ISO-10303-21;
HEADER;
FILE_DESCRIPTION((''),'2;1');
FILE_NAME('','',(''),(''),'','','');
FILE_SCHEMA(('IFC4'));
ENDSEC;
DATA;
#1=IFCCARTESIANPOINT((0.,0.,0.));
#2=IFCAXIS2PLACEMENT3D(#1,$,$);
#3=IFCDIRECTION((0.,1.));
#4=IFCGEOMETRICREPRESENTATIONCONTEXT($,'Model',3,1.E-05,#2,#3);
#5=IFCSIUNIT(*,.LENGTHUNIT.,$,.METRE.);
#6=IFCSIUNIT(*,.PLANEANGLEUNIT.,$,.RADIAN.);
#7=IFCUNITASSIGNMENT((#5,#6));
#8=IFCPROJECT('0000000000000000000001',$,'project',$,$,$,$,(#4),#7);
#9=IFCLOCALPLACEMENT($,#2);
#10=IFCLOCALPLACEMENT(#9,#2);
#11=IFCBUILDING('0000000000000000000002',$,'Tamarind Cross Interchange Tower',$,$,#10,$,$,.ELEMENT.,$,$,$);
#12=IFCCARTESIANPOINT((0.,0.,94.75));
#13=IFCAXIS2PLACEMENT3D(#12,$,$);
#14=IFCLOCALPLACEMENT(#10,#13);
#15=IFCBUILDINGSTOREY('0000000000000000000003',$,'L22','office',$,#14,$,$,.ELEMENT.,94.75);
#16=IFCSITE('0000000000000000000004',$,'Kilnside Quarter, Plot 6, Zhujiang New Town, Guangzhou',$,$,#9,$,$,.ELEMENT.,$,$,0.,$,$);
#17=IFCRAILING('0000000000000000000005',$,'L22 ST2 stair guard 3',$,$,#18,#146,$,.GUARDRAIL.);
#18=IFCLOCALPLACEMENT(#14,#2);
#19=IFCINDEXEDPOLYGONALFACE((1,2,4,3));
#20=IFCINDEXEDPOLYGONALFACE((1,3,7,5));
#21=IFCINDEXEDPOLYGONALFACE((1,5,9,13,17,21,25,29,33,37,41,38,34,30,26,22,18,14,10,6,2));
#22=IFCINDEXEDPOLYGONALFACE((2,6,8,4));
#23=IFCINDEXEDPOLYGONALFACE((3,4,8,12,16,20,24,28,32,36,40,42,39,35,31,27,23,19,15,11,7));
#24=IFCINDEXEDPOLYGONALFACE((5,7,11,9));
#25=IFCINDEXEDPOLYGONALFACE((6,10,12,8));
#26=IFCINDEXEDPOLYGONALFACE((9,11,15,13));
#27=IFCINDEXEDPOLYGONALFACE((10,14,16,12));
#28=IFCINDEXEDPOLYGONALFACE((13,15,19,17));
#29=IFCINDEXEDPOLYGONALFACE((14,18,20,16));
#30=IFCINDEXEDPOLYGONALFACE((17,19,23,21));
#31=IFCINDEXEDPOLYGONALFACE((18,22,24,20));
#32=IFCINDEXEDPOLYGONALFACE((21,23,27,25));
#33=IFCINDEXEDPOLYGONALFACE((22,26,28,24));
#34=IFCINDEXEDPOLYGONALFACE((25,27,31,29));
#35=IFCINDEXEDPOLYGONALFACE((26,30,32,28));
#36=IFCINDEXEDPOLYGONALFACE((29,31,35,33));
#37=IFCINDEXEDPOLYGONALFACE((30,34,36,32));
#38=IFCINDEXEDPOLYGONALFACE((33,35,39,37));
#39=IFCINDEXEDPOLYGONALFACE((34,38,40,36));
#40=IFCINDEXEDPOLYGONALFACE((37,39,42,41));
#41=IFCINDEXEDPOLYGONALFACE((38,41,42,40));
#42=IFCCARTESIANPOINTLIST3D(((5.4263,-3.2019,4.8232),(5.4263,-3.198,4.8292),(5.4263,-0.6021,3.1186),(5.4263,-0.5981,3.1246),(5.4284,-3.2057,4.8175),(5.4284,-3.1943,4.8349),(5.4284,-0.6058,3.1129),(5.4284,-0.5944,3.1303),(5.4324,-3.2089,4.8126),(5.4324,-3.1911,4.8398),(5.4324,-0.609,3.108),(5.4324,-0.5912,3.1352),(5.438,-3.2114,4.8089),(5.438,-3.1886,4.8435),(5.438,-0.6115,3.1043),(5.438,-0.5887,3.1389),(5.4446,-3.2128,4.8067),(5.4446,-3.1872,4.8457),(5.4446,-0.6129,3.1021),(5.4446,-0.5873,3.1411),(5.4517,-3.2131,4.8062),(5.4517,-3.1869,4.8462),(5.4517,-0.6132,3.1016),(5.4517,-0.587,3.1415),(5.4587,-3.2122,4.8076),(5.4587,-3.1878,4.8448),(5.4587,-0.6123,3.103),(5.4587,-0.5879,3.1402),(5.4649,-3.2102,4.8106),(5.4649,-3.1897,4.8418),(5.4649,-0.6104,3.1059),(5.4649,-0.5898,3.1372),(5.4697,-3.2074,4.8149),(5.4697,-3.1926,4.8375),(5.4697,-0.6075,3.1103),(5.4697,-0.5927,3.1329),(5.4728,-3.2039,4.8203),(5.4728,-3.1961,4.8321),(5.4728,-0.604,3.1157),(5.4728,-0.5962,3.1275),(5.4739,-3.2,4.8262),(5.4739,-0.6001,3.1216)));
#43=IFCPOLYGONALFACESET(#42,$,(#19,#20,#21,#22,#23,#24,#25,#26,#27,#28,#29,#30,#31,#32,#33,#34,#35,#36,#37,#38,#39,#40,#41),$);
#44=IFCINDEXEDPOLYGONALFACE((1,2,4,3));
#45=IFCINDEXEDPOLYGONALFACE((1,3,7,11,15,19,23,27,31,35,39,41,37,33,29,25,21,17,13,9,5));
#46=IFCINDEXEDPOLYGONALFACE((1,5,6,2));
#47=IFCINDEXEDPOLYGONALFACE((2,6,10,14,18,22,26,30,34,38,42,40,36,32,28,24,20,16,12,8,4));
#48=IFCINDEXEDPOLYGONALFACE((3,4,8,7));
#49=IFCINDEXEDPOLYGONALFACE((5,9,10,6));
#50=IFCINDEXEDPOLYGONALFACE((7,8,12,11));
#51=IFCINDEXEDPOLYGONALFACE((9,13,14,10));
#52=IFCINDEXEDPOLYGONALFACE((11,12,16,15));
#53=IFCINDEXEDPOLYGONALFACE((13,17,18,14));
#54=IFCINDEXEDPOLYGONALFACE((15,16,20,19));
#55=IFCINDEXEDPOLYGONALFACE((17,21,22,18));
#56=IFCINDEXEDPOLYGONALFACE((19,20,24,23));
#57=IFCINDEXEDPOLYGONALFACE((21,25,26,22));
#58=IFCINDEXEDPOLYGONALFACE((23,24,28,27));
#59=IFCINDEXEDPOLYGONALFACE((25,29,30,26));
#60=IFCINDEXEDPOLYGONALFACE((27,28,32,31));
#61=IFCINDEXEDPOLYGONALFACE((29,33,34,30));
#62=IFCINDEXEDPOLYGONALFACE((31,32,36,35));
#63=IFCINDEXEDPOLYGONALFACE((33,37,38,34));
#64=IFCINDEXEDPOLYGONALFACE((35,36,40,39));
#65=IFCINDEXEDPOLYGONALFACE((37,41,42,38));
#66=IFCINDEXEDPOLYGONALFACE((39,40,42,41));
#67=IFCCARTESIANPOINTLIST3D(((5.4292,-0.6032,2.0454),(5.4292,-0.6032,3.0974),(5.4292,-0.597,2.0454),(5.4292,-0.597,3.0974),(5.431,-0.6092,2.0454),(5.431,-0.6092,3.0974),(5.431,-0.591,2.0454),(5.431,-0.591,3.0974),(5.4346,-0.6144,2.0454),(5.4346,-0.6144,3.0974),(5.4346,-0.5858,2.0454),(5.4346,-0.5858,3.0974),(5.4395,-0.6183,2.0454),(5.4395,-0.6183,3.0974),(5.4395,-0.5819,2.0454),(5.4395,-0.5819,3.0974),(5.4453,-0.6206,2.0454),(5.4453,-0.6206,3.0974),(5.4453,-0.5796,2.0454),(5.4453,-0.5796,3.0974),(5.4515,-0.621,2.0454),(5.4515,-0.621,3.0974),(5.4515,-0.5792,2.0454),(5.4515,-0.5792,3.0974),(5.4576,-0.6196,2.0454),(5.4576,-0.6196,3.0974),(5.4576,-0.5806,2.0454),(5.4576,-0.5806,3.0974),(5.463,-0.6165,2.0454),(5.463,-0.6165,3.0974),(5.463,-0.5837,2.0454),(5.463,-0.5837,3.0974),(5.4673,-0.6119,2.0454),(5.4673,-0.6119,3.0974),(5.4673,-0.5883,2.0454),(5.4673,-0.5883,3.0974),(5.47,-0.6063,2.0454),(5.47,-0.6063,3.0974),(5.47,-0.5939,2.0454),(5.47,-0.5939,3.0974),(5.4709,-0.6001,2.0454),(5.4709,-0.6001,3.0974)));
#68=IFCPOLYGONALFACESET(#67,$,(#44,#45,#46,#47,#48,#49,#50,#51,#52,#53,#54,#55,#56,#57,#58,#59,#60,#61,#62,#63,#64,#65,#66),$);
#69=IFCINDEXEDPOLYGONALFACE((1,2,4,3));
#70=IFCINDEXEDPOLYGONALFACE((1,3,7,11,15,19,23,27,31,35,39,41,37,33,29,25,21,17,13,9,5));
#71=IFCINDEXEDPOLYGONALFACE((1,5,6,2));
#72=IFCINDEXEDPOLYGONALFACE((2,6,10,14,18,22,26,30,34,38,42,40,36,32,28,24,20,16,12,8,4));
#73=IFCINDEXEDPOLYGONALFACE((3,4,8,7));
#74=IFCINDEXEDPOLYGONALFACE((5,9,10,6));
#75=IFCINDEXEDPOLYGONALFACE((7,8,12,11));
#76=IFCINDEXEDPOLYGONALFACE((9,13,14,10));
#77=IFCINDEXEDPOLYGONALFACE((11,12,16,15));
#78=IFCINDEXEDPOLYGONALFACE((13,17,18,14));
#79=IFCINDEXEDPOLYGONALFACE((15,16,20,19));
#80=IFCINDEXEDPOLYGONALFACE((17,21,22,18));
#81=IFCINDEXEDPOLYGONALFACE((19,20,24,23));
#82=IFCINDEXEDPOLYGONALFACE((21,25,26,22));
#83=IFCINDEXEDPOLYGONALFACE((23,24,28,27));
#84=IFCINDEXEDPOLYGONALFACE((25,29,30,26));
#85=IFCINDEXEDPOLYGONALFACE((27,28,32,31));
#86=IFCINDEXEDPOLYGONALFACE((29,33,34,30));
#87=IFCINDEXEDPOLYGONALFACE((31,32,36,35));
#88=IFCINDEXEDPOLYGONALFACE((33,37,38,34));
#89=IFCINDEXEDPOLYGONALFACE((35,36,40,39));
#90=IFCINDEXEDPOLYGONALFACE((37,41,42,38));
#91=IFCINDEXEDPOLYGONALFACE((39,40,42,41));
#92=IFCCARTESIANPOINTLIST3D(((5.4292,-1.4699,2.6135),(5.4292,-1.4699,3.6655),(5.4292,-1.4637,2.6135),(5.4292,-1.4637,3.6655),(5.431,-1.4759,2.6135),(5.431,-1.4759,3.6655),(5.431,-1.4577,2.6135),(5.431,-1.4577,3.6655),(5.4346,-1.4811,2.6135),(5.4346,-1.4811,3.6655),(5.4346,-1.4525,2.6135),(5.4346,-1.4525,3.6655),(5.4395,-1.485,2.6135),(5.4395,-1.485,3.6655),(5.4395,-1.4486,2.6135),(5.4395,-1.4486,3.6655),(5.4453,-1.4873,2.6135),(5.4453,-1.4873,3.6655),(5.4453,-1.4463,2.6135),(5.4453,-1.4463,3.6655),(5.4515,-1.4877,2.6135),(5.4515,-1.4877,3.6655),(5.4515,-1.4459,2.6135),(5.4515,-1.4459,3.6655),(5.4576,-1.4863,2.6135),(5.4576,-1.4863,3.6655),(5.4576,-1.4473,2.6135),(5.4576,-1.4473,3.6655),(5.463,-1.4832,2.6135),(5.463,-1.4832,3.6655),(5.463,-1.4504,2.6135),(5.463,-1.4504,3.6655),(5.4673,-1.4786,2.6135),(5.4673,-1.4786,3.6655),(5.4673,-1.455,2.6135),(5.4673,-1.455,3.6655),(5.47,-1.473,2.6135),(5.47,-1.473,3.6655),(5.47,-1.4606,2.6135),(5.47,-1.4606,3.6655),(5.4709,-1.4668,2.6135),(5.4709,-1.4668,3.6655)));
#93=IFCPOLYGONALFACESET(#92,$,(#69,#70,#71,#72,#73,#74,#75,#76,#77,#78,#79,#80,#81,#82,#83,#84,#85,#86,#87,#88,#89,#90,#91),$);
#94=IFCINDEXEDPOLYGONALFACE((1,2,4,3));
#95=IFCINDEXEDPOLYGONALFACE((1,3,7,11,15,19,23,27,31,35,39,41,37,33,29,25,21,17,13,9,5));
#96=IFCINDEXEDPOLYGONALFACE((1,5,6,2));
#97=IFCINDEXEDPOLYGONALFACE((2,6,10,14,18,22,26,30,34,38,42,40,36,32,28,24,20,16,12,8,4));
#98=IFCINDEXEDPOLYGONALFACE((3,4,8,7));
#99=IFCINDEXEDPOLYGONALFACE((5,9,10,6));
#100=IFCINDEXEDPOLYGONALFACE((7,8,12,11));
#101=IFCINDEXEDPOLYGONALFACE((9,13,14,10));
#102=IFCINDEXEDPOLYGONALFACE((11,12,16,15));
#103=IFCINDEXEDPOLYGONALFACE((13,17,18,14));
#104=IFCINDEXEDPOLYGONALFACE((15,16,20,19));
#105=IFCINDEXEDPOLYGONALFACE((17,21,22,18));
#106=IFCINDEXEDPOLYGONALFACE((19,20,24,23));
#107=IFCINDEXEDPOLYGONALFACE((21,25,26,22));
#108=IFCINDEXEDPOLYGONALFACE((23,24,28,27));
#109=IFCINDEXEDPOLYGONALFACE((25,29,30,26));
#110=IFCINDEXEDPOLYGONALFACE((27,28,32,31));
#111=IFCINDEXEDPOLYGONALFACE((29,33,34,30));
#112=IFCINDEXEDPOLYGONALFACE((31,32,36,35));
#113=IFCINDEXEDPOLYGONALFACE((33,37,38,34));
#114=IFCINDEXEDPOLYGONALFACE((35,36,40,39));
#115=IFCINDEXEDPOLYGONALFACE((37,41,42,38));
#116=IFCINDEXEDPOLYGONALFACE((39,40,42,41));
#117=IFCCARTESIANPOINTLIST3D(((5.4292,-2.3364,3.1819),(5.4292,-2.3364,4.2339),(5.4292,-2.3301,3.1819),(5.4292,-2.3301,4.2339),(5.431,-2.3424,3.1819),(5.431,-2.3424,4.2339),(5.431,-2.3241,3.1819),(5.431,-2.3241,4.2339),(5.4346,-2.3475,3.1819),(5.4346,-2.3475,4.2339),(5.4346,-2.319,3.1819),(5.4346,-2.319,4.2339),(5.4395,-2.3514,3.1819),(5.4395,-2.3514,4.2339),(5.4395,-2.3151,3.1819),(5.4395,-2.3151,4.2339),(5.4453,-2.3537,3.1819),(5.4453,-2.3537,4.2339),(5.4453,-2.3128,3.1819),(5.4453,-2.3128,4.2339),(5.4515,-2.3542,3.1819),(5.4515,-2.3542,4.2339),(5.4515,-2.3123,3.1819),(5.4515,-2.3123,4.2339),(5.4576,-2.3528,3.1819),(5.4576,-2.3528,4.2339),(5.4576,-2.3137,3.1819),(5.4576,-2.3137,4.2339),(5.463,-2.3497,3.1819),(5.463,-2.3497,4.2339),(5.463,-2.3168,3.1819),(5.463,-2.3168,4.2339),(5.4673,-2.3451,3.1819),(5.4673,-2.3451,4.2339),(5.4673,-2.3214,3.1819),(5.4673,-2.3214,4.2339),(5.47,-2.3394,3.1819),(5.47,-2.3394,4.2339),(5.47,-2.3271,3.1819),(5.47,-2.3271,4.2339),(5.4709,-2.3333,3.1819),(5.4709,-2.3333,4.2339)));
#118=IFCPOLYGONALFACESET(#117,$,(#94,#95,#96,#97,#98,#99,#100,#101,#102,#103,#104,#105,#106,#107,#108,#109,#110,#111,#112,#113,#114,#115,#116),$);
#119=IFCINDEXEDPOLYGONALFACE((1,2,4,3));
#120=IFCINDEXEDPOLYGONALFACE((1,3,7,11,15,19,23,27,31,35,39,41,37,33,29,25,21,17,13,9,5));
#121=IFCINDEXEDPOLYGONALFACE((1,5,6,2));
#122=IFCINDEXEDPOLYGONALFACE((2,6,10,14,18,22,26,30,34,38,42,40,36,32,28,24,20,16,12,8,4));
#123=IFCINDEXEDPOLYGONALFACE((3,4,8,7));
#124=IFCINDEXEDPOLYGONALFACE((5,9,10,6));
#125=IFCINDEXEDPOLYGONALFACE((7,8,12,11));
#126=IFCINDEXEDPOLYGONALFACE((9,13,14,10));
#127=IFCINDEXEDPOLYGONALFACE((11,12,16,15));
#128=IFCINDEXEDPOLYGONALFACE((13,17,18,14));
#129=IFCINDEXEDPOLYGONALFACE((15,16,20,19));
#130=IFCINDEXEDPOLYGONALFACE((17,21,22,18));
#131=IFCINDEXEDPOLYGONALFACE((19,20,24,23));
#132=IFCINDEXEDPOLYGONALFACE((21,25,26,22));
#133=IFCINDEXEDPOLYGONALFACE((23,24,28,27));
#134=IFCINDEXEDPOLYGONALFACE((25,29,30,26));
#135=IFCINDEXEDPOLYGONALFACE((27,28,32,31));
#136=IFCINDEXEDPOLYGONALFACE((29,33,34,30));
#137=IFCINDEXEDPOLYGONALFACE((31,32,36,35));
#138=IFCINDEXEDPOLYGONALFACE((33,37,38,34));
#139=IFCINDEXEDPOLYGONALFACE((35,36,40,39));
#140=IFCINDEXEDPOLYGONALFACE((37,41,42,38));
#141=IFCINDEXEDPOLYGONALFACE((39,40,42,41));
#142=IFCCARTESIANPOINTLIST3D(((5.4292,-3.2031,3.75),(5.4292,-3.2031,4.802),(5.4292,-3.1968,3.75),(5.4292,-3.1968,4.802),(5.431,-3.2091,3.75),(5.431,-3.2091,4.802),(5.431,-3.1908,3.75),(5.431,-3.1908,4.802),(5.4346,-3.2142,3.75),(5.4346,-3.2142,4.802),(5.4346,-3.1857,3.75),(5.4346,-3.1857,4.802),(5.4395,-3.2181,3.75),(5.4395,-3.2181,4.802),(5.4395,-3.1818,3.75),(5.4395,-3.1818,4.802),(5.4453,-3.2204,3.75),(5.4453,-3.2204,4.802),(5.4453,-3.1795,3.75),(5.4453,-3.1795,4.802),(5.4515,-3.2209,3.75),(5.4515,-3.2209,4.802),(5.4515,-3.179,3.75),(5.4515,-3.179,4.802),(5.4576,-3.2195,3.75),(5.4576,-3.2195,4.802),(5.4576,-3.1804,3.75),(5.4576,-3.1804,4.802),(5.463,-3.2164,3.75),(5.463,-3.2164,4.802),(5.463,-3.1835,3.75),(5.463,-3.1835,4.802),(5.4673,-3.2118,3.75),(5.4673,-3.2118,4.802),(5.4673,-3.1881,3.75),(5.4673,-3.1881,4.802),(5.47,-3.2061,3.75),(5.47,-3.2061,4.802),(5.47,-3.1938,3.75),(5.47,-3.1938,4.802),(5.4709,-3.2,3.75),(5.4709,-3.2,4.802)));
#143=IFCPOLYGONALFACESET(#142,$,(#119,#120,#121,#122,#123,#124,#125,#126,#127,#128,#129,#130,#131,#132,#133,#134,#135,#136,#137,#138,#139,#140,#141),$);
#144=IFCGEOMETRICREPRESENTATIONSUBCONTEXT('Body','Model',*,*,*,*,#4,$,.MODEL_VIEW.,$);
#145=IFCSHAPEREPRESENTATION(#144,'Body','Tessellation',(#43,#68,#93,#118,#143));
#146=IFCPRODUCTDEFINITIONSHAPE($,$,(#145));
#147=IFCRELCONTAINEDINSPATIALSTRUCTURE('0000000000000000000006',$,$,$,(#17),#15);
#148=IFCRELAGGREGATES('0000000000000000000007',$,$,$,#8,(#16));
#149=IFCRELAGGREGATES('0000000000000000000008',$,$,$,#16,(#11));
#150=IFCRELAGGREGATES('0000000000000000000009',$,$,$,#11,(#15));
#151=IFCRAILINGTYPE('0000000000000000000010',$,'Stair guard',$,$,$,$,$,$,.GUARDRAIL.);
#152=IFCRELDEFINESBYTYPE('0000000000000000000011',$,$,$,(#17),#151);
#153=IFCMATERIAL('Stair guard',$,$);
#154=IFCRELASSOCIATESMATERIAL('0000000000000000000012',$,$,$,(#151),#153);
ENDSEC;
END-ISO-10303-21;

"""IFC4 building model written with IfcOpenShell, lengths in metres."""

from ifc_helpers import new_model, si_unit, direction, frame, origin, origin_2d, place, context, subcontext, project, spatial, circle, extrude, material, type_object, element, save


model = new_model("IFC4")

# Units and contexts
model_context = context("Model", 3, precision=1e-05, world=origin(), true_north=direction((0.0, 1.0)))
body_context = subcontext(model_context, "Body", "Model", "MODEL_VIEW")
ifc_project = project(units=[si_unit("LENGTHUNIT", "METRE"), si_unit("PLANEANGLEUNIT", "RADIAN")], contexts=[model_context])

# Site, building, storey
site_placement = place(None, origin())
site = spatial("IfcSite", under=ifc_project, at=site_placement, Name="Kilnside Quarter, Plot 6, Zhujiang New Town, Guangzhou", CompositionType="ELEMENT", RefElevation=0.0)
building_placement = place(site_placement, origin())
building = spatial("IfcBuilding", under=site, at=building_placement, Name="Tamarind Cross Interchange Tower", CompositionType="ELEMENT")
storey_placement = place(building_placement, frame((0.0, 0.0, 94.75)))
storey = spatial("IfcBuildingStorey", under=building, at=storey_placement, Name="L22", Description="office", CompositionType="ELEMENT", Elevation=94.75)

# Railing
ifc_material_1 = material(Name="Stair guard")
railing_type_1 = type_object("IfcRailingType", Name="Stair guard", PredefinedType="GUARDRAIL", material=ifc_material_1)
railing_1_placement = place(storey_placement, frame((5.45, -0.6001, 2.0454)))
element("IfcRailing", 1, at=railing_1_placement, inside=storey, type_object=railing_type_1, Name="L22 ST2 stair guard 3", PredefinedType="GUARDRAIL", context=body_context, shape_type="SweptSolid", body=[
    extrude(circle(Radius=0.0239, at=origin_2d()), frame((0.0, 0.0, 1.0762), z_axis=(0.0, -0.836279, 0.548305), x_axis=(1.0, 0.0, 0.0)), (0.0, 0.0, 1.0), 3.1089),
    extrude(circle(Radius=0.021, at=origin_2d()), origin(), (0.0, 0.0, 1.0), 1.052),
    extrude(circle(Radius=0.021, at=origin_2d()), frame((0.0, -0.8667, 0.5681)), (0.0, 0.0, 1.0), 1.052),
    extrude(circle(Radius=0.021, at=origin_2d()), frame((0.0, -1.7332, 1.1365)), (0.0, 0.0, 1.0), 1.052),
    extrude(circle(Radius=0.021, at=origin_2d()), frame((0.0, -2.5999, 1.7046)), (0.0, 0.0, 1.0), 1.052),
])

save(model, "model.ifc")
